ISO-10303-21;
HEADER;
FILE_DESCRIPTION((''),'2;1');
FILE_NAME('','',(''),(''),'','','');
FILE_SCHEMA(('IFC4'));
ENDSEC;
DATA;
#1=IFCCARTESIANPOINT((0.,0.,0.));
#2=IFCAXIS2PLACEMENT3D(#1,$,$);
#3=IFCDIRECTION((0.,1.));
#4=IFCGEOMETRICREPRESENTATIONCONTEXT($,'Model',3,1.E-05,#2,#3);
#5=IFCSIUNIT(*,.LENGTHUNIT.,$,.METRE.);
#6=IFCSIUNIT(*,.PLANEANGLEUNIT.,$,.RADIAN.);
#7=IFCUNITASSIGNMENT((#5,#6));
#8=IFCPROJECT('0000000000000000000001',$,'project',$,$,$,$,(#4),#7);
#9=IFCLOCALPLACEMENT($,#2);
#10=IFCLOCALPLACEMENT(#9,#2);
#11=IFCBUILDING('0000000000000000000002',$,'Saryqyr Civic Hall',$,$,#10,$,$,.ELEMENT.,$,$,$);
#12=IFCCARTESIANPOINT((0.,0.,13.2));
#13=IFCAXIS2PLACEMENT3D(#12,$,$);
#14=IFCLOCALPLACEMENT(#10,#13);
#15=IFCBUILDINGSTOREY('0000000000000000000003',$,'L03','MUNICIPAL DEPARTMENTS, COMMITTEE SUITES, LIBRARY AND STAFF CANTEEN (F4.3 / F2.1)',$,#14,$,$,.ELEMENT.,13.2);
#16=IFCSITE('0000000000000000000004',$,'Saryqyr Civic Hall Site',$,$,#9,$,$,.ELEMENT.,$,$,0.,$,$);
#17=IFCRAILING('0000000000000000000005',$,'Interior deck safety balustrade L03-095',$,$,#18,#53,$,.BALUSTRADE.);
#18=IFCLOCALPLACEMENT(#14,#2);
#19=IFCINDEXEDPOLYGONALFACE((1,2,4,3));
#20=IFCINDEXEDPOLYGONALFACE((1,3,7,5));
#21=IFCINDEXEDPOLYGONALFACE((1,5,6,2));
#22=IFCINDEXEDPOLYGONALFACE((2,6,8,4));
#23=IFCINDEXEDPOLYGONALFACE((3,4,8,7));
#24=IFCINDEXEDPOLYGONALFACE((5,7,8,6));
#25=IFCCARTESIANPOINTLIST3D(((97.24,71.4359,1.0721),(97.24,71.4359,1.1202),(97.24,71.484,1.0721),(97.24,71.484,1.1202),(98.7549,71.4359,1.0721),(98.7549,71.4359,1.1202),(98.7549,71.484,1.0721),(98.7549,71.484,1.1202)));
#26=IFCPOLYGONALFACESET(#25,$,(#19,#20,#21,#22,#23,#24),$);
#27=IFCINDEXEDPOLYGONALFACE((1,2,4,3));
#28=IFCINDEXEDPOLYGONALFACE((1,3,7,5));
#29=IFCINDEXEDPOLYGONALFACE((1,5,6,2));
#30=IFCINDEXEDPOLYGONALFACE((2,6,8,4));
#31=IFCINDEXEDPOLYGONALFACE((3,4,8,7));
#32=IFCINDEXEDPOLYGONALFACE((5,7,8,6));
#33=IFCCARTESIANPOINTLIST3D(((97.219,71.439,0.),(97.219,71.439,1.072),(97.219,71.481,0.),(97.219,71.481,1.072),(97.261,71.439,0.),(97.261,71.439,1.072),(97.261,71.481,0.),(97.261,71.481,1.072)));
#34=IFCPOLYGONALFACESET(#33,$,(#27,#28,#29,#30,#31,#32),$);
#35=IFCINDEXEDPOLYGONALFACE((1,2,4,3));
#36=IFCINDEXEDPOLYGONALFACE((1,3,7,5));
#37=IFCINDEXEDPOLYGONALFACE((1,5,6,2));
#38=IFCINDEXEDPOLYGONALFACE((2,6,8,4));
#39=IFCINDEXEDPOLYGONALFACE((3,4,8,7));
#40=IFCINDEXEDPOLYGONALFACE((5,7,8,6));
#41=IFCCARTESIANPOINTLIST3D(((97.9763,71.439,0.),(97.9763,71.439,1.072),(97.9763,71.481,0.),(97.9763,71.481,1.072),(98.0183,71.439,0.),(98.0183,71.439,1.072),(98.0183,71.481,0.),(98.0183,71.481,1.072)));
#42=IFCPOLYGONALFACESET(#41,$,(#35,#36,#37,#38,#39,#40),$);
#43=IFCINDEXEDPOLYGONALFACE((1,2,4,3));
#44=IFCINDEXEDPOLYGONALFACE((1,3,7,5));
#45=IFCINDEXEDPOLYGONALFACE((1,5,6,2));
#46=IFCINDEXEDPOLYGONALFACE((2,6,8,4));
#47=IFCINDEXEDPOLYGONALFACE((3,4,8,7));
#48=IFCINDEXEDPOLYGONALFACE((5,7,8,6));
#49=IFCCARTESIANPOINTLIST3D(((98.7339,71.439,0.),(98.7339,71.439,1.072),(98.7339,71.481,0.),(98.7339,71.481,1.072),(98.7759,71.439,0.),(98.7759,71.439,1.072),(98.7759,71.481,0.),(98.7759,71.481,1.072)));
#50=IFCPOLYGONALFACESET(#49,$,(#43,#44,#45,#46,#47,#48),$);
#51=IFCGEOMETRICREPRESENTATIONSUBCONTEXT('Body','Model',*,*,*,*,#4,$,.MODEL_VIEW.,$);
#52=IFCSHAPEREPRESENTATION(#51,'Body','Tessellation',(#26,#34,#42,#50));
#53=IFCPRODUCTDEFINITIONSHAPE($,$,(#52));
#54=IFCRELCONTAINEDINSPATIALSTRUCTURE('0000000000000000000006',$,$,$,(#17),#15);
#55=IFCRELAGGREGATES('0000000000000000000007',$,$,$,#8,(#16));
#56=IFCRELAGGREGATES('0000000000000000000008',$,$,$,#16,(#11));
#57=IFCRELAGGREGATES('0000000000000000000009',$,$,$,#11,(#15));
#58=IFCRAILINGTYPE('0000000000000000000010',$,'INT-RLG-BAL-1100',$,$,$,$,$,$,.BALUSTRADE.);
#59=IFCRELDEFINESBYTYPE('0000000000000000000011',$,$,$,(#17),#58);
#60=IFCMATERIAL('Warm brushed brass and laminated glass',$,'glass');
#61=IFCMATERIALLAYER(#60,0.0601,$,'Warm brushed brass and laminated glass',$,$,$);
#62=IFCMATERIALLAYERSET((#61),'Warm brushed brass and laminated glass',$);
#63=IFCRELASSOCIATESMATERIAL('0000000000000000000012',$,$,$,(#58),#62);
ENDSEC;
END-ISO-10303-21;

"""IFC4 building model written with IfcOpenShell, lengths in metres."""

from ifc_helpers import new_model, si_unit, direction, frame, origin, origin_2d, place, context, subcontext, project, spatial, rectangle, extrude, material, layer, layer_set, type_object, element, save


model = new_model("IFC4")

# Units and contexts
model_context = context("Model", 3, precision=1e-05, world=origin(), true_north=direction((0.0, 1.0)))
body_context = subcontext(model_context, "Body", "Model", "MODEL_VIEW")
ifc_project = project(units=[si_unit("LENGTHUNIT", "METRE"), si_unit("PLANEANGLEUNIT", "RADIAN")], contexts=[model_context])

# Site, building, storey
site_placement = place(None, origin())
site = spatial("IfcSite", under=ifc_project, at=site_placement, Name="Saryqyr Civic Hall Site", CompositionType="ELEMENT", RefElevation=0.0)
building_placement = place(site_placement, origin())
building = spatial("IfcBuilding", under=site, at=building_placement, Name="Saryqyr Civic Hall", CompositionType="ELEMENT")
storey_placement = place(building_placement, frame((0.0, 0.0, 13.2)))
storey = spatial("IfcBuildingStorey", under=building, at=storey_placement, Name="L03", Description="MUNICIPAL DEPARTMENTS, COMMITTEE SUITES, LIBRARY AND STAFF CANTEEN (F4.3 / F2.1)", CompositionType="ELEMENT", Elevation=13.2)

# Railing
ifc_material_1 = material(Name="Warm brushed brass and laminated glass", Category="glass")
ifc_layer_1 = layer(ifc_material_1, 0.0601, Name="Warm brushed brass and laminated glass")
ifc_layer_set_1 = layer_set([ifc_layer_1], Name="Warm brushed brass and laminated glass")
railing_type = type_object("IfcRailingType", Name="INT-RLG-BAL-1100", PredefinedType="BALUSTRADE", material=ifc_layer_set_1)
railing_1_placement = place(storey_placement, frame((97.24, 71.46, 0.0)))
element("IfcRailing", 1, at=railing_1_placement, inside=storey, type_object=railing_type, Name="Interior deck safety balustrade L03-095", PredefinedType="BALUSTRADE", context=body_context, shape_type="SweptSolid", body=[
    extrude(rectangle(XDim=0.0481, YDim=0.0481, at=origin_2d()), frame((0.0, 0.0, 1.0962), z_axis=(1.0, 0.0, 0.0), x_axis=(0.0, 1.0, 0.0)), (0.0, 0.0, 1.0), 1.5149),
    extrude(rectangle(XDim=0.042, YDim=0.042, at=origin_2d()), origin(), (0.0, 0.0, 1.0), 1.072),
    extrude(rectangle(XDim=0.042, YDim=0.042, at=origin_2d()), frame((0.7573, 0.0, 0.0)), (0.0, 0.0, 1.0), 1.072),
    extrude(rectangle(XDim=0.042, YDim=0.042, at=origin_2d()), frame((1.5149, 0.0, 0.0)), (0.0, 0.0, 1.0), 1.072),
])

save(model, "model.ifc")
